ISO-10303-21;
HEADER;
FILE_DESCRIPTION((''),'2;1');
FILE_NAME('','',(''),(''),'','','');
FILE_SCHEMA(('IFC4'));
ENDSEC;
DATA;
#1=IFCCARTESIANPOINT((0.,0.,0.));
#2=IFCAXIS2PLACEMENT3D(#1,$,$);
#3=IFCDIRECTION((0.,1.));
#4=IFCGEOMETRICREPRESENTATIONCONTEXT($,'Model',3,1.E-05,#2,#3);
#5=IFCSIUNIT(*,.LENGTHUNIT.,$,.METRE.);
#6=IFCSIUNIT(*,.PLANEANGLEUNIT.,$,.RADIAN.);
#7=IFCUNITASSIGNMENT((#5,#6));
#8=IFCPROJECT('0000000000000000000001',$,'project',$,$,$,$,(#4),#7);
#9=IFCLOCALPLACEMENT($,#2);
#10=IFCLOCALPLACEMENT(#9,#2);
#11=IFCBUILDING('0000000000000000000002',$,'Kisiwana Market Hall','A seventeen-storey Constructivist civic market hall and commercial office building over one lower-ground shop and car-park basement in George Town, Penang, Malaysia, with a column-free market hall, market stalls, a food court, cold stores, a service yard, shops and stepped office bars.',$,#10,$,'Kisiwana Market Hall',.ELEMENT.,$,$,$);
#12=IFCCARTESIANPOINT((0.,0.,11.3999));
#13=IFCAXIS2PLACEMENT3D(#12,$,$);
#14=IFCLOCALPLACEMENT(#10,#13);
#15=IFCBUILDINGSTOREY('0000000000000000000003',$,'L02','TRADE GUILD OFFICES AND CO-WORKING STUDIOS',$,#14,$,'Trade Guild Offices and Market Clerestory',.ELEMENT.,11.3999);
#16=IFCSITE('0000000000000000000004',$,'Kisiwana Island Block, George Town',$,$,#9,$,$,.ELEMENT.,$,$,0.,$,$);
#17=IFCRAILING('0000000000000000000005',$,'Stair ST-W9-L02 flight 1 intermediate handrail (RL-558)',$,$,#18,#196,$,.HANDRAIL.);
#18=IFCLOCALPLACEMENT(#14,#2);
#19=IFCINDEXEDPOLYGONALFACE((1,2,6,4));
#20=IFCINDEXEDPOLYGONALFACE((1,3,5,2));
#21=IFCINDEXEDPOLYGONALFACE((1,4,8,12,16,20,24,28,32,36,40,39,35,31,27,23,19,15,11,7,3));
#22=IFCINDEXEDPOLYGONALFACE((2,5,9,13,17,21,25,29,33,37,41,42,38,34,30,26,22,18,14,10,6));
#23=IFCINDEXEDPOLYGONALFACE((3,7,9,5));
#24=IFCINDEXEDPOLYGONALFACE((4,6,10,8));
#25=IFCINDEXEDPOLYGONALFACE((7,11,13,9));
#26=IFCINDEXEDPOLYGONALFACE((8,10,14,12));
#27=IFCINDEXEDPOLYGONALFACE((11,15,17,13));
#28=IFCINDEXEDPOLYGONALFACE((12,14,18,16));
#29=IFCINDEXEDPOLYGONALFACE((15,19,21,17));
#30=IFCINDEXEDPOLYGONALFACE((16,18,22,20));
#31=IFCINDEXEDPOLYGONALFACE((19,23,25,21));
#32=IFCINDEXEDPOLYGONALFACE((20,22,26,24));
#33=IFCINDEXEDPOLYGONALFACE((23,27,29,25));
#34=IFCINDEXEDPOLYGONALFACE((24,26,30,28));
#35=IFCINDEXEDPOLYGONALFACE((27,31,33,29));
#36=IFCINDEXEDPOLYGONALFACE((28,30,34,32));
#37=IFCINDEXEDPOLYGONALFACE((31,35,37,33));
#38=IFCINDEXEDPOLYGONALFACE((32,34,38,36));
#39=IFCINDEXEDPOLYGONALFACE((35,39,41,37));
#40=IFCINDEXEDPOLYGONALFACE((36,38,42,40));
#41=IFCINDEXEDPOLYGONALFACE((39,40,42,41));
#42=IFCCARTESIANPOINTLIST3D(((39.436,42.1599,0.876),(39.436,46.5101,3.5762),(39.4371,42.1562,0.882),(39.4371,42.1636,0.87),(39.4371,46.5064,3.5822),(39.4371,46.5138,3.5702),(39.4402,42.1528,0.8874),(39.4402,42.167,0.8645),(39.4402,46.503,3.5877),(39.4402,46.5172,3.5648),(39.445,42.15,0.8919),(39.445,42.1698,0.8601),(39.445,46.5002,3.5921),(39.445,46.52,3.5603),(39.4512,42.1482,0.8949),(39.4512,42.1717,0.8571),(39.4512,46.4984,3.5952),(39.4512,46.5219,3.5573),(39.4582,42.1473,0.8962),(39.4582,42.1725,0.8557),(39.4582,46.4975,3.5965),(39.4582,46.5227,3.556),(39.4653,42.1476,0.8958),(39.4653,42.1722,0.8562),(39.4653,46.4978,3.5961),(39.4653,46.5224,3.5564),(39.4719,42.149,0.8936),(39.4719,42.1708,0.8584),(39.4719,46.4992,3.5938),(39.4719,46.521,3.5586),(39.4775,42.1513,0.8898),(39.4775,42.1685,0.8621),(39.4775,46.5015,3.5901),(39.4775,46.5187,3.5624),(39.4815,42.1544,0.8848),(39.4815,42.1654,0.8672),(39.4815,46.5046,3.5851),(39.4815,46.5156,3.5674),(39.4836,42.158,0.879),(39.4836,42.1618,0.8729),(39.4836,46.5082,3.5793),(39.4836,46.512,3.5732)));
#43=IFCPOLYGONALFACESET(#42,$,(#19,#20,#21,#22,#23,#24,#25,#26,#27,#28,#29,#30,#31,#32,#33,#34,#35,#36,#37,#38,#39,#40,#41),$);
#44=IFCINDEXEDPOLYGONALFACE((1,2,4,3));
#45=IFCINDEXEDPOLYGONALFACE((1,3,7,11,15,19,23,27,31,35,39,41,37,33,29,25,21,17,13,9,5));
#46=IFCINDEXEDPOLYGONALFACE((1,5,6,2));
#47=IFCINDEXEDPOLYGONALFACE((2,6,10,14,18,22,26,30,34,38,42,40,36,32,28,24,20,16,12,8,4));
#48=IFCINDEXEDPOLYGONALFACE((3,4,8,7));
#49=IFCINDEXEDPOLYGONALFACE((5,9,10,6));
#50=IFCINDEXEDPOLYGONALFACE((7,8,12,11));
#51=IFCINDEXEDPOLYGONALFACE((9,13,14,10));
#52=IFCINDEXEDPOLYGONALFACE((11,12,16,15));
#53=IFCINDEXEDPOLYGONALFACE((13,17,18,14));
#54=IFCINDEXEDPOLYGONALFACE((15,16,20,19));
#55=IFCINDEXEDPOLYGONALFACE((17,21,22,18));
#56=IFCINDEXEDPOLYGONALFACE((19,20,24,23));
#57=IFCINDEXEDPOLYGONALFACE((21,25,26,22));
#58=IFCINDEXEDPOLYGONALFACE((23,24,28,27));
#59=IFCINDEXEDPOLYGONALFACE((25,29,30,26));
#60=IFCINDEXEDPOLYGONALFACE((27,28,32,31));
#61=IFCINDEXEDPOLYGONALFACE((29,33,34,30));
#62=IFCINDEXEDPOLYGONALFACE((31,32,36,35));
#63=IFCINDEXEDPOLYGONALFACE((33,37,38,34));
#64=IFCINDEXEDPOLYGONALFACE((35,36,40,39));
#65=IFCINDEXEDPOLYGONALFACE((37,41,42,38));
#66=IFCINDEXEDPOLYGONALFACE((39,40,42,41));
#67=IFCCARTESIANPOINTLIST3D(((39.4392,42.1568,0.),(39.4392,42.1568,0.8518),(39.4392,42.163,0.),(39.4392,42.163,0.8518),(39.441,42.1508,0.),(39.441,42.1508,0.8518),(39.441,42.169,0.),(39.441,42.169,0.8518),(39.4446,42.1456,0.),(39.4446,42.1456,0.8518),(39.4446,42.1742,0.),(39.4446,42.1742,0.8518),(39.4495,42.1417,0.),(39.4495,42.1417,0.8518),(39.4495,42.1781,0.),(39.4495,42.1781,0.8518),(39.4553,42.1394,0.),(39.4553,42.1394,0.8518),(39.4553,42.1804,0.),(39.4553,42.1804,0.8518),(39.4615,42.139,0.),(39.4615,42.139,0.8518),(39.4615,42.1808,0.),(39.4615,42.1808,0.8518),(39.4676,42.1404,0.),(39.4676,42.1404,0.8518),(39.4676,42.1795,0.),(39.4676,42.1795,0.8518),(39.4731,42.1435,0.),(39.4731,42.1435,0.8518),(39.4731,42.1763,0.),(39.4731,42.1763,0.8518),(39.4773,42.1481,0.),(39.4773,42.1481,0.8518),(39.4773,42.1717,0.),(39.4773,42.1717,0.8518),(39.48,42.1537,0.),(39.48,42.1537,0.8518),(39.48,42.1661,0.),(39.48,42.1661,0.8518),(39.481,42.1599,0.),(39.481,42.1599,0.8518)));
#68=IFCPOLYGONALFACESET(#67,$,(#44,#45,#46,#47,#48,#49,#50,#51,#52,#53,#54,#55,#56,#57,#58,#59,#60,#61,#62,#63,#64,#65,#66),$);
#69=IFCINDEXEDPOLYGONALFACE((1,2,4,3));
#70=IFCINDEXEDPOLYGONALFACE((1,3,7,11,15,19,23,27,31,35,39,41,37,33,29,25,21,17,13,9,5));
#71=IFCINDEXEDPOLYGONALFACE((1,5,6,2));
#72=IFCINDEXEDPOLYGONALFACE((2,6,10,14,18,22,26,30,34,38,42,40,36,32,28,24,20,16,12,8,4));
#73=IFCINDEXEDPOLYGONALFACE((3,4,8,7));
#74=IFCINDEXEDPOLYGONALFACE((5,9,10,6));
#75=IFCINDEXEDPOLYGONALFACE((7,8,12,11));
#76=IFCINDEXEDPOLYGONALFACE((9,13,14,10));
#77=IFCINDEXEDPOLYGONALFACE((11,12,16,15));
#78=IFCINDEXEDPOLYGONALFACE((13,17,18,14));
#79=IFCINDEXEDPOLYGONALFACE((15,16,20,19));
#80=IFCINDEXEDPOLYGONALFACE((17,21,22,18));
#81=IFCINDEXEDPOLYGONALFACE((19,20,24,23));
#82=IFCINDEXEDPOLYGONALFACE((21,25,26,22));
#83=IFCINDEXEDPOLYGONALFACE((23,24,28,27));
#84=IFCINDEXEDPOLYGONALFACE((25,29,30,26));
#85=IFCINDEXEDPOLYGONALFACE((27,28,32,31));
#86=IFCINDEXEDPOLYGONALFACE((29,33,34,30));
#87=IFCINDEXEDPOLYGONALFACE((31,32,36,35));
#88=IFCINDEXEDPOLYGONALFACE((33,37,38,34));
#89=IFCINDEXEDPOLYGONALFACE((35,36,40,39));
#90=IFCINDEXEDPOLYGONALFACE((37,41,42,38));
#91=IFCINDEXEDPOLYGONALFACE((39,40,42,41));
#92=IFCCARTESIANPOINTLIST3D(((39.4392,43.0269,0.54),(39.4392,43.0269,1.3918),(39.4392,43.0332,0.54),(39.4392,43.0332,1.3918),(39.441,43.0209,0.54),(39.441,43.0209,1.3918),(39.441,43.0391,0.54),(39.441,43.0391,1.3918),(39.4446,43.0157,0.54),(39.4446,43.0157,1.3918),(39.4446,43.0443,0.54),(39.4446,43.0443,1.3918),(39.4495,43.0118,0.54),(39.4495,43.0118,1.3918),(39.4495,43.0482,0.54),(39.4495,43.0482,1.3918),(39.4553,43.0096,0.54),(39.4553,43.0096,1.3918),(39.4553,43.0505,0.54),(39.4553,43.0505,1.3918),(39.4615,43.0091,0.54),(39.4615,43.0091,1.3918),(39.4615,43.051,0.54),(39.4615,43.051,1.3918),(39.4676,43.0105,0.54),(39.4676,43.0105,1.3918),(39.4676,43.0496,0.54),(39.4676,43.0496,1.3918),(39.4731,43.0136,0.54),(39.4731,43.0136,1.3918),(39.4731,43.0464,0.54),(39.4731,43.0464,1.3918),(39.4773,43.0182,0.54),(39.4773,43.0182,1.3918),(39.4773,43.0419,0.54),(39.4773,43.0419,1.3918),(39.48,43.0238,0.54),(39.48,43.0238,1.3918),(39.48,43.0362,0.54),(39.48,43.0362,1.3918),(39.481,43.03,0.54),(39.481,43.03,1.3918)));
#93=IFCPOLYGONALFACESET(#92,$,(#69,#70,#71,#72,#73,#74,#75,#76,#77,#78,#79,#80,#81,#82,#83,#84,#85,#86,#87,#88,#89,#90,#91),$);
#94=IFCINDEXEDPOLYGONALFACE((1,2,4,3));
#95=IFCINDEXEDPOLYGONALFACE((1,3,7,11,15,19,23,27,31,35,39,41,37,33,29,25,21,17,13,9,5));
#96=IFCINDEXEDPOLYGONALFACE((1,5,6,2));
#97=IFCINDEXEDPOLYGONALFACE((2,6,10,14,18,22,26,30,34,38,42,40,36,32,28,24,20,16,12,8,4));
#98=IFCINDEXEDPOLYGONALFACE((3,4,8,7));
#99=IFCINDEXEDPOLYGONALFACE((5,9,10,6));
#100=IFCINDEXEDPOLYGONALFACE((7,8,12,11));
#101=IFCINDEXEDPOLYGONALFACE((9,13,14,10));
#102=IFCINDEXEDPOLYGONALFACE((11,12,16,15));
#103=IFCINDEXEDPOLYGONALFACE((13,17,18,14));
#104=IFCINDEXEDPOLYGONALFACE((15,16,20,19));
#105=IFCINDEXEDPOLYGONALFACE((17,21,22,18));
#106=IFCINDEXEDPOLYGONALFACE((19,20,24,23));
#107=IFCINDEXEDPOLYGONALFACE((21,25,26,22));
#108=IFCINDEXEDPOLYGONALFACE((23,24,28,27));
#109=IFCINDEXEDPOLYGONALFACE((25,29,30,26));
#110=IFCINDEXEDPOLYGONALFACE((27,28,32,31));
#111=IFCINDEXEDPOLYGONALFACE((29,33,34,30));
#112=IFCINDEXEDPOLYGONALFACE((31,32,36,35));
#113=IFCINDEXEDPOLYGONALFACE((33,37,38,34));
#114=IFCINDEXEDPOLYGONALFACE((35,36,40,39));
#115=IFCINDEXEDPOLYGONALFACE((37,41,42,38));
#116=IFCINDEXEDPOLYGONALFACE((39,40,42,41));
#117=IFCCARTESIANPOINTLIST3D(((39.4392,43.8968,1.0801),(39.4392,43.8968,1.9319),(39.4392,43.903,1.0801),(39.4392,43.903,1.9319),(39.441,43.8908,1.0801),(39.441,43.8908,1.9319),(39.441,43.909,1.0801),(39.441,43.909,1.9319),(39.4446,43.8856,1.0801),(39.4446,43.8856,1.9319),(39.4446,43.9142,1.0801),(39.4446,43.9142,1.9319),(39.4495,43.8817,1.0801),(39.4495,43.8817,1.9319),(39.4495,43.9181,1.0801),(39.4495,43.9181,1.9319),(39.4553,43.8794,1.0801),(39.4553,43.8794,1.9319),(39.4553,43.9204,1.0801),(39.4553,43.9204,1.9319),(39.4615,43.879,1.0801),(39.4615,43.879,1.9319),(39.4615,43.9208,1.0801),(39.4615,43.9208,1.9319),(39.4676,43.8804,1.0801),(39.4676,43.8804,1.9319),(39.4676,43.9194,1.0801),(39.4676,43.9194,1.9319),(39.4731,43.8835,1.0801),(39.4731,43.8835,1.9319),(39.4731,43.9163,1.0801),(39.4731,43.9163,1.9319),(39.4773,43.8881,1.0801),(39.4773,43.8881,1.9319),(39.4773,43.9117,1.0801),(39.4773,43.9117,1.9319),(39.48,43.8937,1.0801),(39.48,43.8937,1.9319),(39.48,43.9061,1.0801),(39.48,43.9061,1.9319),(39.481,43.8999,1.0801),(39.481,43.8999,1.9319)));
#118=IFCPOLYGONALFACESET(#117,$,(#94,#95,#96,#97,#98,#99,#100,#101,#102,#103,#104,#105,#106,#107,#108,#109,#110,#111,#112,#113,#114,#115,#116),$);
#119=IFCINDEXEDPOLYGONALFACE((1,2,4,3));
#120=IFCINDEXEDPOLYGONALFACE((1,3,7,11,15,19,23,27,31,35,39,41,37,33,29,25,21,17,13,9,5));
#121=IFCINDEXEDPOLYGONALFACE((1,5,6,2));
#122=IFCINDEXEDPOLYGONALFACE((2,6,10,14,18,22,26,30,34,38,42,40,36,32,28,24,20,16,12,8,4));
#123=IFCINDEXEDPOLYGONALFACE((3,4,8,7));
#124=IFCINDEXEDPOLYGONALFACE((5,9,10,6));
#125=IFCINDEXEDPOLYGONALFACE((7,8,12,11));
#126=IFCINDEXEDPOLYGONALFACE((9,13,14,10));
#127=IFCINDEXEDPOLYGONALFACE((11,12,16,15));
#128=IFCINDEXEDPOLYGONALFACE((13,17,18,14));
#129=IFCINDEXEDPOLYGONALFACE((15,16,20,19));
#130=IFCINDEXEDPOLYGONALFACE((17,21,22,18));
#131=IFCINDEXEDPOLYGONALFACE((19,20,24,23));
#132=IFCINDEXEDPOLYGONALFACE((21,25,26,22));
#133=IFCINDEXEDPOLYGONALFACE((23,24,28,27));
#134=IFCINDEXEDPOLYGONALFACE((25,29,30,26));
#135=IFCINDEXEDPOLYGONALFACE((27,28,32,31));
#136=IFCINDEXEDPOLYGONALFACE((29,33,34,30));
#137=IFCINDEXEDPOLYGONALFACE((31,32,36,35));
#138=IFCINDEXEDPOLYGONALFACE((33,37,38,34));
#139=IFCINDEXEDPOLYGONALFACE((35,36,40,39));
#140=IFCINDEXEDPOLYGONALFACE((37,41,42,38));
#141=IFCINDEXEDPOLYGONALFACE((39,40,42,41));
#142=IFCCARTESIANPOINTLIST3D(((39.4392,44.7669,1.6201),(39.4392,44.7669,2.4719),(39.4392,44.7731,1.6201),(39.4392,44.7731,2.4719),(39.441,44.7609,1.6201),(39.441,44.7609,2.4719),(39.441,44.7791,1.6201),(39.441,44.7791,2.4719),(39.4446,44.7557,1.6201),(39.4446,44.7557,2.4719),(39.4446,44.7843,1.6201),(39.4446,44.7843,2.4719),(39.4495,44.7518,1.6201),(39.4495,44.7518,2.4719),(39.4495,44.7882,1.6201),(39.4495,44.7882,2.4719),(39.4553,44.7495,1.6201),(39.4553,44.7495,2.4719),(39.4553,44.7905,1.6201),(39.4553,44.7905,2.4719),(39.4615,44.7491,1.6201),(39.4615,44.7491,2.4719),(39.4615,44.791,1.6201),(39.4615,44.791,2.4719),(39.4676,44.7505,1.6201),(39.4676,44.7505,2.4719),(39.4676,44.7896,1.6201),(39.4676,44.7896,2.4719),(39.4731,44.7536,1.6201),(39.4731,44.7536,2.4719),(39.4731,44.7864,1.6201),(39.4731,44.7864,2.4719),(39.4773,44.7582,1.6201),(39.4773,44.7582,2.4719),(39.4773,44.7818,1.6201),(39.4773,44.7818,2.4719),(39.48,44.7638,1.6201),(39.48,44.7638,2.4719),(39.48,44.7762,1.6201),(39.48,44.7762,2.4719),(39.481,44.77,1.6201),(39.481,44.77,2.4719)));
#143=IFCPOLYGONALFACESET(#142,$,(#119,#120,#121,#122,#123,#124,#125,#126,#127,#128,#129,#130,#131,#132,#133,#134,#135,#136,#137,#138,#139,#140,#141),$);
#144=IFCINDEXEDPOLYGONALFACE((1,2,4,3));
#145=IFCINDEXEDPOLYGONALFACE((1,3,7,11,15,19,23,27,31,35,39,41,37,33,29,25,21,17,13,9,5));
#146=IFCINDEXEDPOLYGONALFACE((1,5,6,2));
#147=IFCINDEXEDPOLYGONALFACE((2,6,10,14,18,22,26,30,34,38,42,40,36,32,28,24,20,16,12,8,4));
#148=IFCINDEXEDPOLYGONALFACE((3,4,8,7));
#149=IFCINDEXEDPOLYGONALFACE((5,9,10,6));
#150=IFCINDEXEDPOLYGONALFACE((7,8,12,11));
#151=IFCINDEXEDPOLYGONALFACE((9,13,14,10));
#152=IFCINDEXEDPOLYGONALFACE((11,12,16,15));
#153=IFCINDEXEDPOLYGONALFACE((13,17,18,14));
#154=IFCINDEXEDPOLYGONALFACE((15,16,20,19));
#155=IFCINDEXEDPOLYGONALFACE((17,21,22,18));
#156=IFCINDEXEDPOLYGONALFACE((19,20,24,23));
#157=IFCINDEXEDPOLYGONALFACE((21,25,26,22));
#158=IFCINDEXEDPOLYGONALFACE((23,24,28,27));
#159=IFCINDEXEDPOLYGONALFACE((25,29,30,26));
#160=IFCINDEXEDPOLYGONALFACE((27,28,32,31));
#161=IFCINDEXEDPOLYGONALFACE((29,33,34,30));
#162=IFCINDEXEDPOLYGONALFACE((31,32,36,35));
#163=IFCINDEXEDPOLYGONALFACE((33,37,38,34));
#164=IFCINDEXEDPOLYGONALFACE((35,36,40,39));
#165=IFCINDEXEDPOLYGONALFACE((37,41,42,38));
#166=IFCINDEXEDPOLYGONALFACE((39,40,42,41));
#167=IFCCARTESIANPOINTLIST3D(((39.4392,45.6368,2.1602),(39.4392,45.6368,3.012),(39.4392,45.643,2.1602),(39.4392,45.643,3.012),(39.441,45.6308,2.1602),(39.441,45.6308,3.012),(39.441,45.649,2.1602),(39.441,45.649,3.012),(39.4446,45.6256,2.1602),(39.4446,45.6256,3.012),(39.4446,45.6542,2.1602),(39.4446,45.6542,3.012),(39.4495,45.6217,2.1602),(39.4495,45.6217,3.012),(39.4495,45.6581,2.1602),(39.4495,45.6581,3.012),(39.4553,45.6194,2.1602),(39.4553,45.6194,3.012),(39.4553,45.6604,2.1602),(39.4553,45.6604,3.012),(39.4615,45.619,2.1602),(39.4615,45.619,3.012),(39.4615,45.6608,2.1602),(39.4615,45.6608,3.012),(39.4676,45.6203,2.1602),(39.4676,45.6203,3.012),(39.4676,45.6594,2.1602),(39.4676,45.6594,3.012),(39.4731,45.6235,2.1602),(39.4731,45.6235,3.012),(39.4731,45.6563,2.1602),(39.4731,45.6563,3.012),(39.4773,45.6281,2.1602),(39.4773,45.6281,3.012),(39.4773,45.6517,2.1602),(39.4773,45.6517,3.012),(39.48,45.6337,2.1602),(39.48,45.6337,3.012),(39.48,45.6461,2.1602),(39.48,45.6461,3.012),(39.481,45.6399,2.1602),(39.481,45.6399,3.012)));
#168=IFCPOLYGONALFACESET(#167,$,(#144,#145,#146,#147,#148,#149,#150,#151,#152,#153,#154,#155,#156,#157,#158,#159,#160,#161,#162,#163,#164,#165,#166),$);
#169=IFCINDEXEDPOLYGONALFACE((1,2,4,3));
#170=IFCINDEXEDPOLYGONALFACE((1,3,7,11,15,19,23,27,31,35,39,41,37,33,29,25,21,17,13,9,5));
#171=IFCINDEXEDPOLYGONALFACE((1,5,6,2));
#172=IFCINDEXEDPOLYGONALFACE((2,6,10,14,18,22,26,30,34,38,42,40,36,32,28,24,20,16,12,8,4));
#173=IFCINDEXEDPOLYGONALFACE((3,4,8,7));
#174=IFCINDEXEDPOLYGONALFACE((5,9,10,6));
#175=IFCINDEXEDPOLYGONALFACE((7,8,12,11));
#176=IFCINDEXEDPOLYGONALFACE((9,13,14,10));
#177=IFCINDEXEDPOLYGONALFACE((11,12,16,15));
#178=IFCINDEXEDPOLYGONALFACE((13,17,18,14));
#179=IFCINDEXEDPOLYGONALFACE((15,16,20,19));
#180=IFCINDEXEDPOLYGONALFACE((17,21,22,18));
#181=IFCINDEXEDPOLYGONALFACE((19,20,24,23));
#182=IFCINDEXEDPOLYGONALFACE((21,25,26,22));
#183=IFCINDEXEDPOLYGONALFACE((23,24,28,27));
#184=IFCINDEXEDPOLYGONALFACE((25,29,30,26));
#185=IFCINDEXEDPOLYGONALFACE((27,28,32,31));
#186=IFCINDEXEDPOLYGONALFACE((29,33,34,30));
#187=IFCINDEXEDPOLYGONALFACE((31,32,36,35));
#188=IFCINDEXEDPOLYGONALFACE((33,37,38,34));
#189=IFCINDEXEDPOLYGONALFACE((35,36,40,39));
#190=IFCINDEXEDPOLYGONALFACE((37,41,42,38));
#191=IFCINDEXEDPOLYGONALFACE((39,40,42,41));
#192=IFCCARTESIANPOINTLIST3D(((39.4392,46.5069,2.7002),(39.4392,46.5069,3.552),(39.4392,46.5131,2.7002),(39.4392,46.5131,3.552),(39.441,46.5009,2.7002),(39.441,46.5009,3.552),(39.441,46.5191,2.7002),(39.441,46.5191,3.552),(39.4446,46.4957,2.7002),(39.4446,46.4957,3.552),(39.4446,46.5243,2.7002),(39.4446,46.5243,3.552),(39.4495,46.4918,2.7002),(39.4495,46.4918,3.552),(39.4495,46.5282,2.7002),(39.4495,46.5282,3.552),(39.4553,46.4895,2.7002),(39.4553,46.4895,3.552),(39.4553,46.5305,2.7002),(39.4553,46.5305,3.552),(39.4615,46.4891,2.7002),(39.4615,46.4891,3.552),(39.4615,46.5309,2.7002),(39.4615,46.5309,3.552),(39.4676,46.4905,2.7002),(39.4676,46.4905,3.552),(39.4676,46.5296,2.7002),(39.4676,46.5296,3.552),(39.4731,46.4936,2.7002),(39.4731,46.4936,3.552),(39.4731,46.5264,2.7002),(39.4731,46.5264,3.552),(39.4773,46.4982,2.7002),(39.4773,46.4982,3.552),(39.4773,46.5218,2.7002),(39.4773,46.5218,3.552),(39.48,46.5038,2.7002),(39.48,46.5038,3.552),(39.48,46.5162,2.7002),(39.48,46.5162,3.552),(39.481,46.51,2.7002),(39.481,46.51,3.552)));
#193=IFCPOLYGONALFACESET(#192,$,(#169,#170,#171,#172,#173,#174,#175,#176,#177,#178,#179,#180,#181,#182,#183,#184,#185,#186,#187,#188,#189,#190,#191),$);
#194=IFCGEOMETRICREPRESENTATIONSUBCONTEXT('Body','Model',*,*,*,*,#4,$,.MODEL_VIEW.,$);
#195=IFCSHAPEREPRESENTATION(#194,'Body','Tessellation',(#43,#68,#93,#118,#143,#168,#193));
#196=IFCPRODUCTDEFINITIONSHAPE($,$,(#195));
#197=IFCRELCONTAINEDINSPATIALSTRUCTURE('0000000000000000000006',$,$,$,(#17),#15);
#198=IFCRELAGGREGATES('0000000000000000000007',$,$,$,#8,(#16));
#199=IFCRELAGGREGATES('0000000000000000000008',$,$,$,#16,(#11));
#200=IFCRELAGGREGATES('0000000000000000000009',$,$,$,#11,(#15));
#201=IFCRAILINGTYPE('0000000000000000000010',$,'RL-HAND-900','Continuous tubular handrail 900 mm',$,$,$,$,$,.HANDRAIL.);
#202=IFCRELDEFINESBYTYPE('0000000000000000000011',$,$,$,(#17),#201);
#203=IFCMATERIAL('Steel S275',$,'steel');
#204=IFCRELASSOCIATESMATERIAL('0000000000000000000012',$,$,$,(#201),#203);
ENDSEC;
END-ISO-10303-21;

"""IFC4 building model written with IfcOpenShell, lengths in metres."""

from ifc_helpers import new_model, si_unit, direction, frame, origin, origin_2d, place, context, subcontext, project, spatial, circle, extrude, material, type_object, element, save


model = new_model("IFC4")

# Units and contexts
model_context = context("Model", 3, precision=1e-05, world=origin(), true_north=direction((0.0, 1.0)))
body_context = subcontext(model_context, "Body", "Model", "MODEL_VIEW")
ifc_project = project(units=[si_unit("LENGTHUNIT", "METRE"), si_unit("PLANEANGLEUNIT", "RADIAN")], contexts=[model_context])

# Site, building, storey
site_placement = place(None, origin())
site = spatial("IfcSite", under=ifc_project, at=site_placement, Name="Kisiwana Island Block, George Town", CompositionType="ELEMENT", RefElevation=0.0)
building_placement = place(site_placement, origin())
building = spatial("IfcBuilding", under=site, at=building_placement, Name="Kisiwana Market Hall", Description="A seventeen-storey Constructivist civic market hall and commercial office building over one lower-ground shop and car-park basement in George Town, Penang, Malaysia, with a column-free market hall, market stalls, a food court, cold stores, a service yard, shops and stepped office bars.", LongName="Kisiwana Market Hall", CompositionType="ELEMENT")
storey_placement = place(building_placement, frame((0.0, 0.0, 11.3999)))
storey = spatial("IfcBuildingStorey", under=building, at=storey_placement, Name="L02", Description="TRADE GUILD OFFICES AND CO-WORKING STUDIOS", LongName="Trade Guild Offices and Market Clerestory", CompositionType="ELEMENT", Elevation=11.3999)

# Railing
ifc_material_1 = material(Name="Steel S275", Category="steel")
railing_type_1 = type_object("IfcRailingType", Name="RL-HAND-900", Description="Continuous tubular handrail 900 mm", PredefinedType="HANDRAIL", material=ifc_material_1)
for number, where, name in (
    (1, (39.46, 42.1599, 0.0), "Stair ST-W9-L02 flight 1 intermediate handrail (RL-558)"),
):
    element("IfcRailing", number, at=place(storey_placement, frame(where)), inside=storey, type_object=railing_type_1, Name=name, PredefinedType="HANDRAIL", context=body_context, shape_type="SweptSolid", body=[
        extrude(circle(Radius=0.0239, at=origin_2d()), frame((0.0, 0.0, 0.876), z_axis=(0.0, 0.849628, 0.527382), x_axis=(-1.0, 0.0, 0.0)), (0.0, 0.0, 1.0), 5.1201),
        extrude(circle(Radius=0.021, at=origin_2d()), origin(), (0.0, 0.0, 1.0), 0.8518),
        extrude(circle(Radius=0.021, at=origin_2d()), frame((0.0, 0.8701, 0.54)), (0.0, 0.0, 1.0), 0.8518),
        extrude(circle(Radius=0.021, at=origin_2d()), frame((0.0, 1.74, 1.0801)), (0.0, 0.0, 1.0), 0.8518),
        extrude(circle(Radius=0.021, at=origin_2d()), frame((0.0, 2.6101, 1.6201)), (0.0, 0.0, 1.0), 0.8518),
        extrude(circle(Radius=0.021, at=origin_2d()), frame((0.0, 3.48, 2.1602)), (0.0, 0.0, 1.0), 0.8518),
        extrude(circle(Radius=0.021, at=origin_2d()), frame((0.0, 4.3501, 2.7002)), (0.0, 0.0, 1.0), 0.8518),
    ])

save(model, "model.ifc")
